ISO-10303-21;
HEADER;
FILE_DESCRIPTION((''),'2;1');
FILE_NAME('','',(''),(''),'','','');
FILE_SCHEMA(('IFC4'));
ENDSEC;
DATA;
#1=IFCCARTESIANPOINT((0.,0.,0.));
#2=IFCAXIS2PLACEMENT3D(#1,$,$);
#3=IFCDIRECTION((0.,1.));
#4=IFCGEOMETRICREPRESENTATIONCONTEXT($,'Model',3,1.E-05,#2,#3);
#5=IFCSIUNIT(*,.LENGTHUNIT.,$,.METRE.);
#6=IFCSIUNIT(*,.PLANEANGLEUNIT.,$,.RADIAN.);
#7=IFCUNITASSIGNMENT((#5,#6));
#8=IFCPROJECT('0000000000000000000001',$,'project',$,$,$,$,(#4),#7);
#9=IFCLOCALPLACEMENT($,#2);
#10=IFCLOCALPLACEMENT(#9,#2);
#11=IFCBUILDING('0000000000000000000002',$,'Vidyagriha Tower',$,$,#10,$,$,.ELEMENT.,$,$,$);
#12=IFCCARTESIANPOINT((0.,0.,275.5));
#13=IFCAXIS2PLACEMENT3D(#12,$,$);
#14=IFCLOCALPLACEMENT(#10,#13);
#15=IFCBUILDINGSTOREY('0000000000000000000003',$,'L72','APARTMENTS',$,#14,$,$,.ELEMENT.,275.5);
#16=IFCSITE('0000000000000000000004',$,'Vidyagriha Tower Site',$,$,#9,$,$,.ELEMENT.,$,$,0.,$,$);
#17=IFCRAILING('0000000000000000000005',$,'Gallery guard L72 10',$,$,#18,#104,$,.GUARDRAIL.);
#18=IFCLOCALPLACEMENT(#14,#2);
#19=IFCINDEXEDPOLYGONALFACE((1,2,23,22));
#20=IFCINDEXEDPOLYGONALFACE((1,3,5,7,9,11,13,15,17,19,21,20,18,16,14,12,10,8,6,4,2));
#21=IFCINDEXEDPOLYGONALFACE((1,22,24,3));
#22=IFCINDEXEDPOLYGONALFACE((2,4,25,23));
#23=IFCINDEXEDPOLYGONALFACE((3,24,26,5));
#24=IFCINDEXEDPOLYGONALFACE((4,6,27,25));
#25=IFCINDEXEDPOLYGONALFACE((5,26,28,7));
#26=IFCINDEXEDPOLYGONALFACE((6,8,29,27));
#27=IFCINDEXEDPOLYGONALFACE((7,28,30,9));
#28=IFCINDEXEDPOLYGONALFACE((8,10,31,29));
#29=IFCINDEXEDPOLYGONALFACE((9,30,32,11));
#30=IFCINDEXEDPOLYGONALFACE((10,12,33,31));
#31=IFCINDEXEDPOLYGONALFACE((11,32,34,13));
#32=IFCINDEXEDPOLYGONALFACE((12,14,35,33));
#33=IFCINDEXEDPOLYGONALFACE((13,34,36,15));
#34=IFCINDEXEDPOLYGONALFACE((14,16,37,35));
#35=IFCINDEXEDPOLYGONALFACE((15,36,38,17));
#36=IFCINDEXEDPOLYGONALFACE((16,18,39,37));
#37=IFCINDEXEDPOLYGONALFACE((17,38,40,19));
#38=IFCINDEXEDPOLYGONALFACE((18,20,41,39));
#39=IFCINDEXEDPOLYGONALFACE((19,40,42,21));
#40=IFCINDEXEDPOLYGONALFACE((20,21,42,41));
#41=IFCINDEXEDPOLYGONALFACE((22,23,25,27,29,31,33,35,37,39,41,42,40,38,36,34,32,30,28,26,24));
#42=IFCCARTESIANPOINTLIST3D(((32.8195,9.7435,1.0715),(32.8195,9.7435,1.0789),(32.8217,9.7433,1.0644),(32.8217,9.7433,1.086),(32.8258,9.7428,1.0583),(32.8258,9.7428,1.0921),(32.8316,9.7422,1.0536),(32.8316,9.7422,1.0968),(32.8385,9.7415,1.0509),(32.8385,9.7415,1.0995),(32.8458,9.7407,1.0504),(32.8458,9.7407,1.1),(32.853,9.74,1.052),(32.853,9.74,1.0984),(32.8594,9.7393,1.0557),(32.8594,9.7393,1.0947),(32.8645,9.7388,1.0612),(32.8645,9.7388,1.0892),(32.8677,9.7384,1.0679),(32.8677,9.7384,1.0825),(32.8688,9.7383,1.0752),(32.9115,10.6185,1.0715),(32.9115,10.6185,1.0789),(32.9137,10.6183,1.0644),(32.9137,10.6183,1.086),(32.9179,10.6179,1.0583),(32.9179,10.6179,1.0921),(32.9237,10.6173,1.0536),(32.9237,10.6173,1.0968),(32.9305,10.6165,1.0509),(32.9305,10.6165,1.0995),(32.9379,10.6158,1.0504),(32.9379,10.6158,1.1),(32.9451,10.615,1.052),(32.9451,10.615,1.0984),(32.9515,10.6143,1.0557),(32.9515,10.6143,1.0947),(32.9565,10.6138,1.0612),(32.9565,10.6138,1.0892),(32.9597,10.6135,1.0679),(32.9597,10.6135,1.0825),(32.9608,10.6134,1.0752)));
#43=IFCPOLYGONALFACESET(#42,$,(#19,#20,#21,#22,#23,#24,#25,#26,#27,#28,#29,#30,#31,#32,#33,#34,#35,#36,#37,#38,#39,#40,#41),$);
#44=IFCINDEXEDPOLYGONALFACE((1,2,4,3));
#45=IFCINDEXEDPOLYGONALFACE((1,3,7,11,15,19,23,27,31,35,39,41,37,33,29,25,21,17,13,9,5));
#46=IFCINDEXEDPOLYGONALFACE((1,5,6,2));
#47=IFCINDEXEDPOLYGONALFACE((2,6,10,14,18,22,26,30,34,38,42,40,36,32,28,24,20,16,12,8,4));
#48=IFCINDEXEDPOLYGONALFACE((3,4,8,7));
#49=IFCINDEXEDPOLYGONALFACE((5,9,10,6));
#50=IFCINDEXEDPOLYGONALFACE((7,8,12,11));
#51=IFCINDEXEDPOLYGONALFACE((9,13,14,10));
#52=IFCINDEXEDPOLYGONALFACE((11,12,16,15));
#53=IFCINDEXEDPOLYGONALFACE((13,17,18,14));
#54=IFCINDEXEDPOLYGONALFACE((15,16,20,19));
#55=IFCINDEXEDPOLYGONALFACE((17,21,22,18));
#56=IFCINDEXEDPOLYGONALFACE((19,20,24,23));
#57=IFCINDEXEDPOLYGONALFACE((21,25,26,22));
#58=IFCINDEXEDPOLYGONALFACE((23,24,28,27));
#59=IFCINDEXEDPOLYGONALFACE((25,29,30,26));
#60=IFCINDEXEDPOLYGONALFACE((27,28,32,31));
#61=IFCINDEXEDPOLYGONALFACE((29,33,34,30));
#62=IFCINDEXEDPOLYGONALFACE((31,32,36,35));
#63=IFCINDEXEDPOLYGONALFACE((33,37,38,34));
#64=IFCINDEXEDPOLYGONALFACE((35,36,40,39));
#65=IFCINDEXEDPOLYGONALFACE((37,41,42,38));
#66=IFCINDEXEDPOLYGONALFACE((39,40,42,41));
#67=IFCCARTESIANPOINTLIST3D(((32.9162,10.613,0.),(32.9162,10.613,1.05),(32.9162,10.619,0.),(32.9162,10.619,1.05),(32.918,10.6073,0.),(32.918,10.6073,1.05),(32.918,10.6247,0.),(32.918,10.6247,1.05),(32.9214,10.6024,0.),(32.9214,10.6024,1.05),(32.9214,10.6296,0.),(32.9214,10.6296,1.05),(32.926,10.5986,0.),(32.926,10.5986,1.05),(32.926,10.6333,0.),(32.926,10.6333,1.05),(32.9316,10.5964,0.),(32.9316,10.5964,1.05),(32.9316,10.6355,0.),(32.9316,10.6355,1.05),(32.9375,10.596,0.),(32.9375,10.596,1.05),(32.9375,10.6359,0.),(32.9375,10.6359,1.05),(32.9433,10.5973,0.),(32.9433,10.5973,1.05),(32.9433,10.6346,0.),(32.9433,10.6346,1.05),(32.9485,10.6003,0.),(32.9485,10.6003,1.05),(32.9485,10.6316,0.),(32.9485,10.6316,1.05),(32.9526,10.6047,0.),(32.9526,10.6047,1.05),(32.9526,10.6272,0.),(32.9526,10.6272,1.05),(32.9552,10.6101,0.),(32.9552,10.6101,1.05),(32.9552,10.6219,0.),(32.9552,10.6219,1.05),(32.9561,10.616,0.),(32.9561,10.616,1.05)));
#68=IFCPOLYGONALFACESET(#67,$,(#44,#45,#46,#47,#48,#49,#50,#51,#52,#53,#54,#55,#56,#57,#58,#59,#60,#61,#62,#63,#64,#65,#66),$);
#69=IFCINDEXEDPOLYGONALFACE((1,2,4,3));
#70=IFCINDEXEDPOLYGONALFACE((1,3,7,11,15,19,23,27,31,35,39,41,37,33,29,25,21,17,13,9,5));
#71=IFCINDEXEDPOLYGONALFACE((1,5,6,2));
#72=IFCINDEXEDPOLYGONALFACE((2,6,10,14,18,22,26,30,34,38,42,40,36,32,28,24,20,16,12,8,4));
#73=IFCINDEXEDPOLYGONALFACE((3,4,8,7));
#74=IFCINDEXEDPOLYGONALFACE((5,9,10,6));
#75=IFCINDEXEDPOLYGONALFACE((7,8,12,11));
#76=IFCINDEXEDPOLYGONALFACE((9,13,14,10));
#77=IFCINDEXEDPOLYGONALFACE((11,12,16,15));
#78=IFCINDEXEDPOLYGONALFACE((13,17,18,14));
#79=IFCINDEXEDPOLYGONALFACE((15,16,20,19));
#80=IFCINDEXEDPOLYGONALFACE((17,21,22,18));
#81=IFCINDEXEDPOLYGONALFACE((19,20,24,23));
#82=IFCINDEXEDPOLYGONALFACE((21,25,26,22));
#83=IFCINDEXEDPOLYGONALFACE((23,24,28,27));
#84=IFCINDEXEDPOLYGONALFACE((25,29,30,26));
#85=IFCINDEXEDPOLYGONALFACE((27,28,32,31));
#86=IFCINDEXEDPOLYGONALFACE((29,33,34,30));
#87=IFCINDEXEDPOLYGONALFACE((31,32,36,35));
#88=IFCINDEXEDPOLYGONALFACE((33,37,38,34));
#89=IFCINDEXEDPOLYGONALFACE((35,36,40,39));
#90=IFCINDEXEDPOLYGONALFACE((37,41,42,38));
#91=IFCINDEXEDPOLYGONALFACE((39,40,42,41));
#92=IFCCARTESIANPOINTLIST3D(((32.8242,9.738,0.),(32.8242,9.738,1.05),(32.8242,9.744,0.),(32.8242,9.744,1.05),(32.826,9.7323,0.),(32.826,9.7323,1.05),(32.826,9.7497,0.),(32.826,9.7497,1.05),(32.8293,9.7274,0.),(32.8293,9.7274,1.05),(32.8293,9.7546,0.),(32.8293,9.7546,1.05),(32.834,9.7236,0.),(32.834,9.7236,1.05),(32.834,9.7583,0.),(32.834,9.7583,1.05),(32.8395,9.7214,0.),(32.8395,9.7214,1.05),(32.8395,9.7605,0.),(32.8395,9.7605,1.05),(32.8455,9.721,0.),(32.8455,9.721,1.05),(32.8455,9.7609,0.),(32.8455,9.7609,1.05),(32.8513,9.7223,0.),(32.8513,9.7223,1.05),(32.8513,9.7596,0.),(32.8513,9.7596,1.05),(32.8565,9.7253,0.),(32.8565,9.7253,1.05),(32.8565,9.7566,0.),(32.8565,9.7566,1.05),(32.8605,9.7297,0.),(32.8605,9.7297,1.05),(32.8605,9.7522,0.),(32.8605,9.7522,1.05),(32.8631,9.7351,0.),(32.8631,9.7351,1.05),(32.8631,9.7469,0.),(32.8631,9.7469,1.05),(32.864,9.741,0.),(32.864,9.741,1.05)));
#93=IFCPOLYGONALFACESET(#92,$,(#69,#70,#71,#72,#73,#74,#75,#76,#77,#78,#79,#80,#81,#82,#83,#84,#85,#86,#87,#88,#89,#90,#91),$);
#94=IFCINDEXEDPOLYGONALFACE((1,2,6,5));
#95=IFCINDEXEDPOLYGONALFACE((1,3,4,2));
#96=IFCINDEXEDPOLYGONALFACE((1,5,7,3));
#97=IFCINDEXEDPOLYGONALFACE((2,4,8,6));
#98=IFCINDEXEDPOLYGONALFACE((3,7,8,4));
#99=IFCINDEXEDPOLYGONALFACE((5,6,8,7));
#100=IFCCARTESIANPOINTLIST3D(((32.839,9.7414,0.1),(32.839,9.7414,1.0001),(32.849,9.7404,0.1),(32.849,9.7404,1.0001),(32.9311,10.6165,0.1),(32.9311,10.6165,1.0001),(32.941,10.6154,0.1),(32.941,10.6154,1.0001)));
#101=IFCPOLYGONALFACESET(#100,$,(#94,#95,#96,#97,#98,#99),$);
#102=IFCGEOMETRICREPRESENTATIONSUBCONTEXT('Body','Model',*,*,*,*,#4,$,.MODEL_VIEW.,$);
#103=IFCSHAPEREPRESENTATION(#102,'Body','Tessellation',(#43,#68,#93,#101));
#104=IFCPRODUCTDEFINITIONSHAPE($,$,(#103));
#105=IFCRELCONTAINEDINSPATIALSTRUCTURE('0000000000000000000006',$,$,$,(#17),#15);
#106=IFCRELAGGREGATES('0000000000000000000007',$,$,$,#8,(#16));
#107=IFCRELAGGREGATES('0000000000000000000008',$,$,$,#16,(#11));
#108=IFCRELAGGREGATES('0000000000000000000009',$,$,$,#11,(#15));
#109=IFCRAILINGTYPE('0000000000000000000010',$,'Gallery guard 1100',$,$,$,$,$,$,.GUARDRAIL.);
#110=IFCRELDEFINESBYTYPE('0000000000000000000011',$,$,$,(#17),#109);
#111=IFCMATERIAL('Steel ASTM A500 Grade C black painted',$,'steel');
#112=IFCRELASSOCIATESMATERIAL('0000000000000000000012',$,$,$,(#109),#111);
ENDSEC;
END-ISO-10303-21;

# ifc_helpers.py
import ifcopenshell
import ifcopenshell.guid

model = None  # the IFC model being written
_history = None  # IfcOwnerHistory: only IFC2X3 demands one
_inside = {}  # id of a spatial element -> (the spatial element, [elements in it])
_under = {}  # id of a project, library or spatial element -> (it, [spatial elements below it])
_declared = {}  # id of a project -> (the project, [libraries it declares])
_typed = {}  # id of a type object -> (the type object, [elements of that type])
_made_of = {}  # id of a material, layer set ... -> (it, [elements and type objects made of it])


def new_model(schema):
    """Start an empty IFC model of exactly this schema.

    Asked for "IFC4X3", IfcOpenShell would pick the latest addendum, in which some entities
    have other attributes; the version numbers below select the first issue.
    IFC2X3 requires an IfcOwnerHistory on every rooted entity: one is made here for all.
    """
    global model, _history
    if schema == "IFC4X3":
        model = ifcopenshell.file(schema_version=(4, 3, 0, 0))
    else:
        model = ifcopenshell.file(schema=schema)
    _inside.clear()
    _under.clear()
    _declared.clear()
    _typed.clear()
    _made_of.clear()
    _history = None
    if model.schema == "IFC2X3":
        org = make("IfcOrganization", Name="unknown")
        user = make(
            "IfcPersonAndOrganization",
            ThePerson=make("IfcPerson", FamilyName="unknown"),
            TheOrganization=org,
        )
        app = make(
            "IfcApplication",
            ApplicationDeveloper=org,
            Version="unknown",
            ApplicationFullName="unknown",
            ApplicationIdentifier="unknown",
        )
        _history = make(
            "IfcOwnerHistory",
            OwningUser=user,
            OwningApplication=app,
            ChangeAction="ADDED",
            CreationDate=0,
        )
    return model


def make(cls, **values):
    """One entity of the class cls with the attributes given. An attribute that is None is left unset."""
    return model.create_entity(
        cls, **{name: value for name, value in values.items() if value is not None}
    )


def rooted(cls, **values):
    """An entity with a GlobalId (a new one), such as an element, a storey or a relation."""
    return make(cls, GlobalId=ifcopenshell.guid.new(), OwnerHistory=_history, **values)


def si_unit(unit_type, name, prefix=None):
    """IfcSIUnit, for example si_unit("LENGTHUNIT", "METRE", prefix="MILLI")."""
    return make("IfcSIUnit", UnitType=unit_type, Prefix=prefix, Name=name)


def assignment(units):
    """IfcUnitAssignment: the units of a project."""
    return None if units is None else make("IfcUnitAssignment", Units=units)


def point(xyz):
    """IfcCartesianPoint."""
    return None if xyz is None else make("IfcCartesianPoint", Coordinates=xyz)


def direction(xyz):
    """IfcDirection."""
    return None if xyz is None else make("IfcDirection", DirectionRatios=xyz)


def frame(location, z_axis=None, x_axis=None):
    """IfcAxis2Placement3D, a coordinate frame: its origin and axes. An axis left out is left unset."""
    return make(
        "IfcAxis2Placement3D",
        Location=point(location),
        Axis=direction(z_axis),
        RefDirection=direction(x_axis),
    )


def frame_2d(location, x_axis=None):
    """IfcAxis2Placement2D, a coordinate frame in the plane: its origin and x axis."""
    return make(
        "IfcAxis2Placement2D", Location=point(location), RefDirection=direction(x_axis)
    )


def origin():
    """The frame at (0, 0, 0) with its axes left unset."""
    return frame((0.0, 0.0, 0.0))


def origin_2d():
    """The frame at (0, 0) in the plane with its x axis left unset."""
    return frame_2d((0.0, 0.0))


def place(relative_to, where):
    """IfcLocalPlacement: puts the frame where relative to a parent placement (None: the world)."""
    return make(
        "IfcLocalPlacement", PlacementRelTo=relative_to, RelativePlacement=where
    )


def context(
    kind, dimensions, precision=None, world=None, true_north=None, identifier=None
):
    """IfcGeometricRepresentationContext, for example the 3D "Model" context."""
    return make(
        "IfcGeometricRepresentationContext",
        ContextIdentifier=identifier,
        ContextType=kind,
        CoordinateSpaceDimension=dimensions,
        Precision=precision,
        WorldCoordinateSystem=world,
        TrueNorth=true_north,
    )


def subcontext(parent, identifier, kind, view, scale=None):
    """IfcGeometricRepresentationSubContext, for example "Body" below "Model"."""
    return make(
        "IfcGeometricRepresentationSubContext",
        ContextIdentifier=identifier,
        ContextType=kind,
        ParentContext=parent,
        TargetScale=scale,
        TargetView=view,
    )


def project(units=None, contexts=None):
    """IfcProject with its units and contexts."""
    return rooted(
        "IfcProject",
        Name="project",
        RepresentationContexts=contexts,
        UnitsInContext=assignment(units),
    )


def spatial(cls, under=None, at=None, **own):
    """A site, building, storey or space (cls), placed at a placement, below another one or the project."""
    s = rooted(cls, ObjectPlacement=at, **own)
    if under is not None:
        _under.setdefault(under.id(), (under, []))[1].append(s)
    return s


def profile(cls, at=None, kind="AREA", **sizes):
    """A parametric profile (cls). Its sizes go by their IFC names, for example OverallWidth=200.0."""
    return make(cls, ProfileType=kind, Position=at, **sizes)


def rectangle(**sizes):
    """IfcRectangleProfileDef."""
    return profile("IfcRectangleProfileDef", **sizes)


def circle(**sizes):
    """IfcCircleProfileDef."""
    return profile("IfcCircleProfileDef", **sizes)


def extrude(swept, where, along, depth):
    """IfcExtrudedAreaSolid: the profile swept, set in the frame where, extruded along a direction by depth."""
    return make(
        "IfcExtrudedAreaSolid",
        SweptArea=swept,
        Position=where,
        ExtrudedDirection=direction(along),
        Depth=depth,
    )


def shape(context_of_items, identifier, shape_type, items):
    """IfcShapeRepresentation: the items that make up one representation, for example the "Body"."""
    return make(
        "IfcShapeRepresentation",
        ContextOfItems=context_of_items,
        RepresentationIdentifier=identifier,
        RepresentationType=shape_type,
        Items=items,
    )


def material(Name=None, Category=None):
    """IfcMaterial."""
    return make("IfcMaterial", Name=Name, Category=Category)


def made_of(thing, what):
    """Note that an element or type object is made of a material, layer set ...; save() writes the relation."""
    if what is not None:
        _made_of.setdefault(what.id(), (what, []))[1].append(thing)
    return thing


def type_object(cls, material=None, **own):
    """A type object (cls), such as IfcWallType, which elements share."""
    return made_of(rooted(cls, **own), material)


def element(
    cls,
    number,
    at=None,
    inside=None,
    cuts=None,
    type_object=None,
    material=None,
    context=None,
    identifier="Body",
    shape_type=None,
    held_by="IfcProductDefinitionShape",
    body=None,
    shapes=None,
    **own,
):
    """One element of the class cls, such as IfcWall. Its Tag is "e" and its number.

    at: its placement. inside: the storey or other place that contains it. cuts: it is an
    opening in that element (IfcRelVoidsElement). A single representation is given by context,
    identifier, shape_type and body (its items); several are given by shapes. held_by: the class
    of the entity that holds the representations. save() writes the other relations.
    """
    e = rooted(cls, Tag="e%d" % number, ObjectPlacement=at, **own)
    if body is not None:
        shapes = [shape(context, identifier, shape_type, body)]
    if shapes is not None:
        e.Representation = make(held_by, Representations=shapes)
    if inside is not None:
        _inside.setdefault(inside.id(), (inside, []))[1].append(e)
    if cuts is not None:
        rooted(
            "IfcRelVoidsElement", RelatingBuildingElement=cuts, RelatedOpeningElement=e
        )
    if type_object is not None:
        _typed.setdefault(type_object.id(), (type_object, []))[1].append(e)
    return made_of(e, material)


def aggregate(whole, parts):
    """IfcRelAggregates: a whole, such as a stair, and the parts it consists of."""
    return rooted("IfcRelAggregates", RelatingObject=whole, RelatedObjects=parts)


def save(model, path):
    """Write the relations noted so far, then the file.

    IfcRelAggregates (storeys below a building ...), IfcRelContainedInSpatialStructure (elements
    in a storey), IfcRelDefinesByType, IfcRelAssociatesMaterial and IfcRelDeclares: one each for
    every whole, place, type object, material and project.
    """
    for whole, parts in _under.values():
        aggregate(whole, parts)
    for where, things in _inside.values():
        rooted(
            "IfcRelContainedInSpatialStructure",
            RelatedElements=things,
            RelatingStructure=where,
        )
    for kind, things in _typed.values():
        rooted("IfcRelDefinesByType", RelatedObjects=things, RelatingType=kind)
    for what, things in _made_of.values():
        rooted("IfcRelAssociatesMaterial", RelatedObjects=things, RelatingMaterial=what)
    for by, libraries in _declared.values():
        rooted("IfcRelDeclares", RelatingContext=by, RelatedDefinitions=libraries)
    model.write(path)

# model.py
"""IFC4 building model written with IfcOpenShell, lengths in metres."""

from ifc_helpers import new_model, si_unit, direction, frame, origin, origin_2d, place, context, subcontext, project, spatial, rectangle, circle, extrude, material, type_object, element, save


model = new_model("IFC4")

# Units and contexts
model_context = context("Model", 3, precision=1e-05, world=origin(), true_north=direction((0.0, 1.0)))
body_context = subcontext(model_context, "Body", "Model", "MODEL_VIEW")
ifc_project = project(units=[si_unit("LENGTHUNIT", "METRE"), si_unit("PLANEANGLEUNIT", "RADIAN")], contexts=[model_context])

# Site, building, storey
site_placement = place(None, origin())
site = spatial("IfcSite", under=ifc_project, at=site_placement, Name="Vidyagriha Tower Site", CompositionType="ELEMENT", RefElevation=0.0)
building_placement = place(site_placement, origin())
building = spatial("IfcBuilding", under=site, at=building_placement, Name="Vidyagriha Tower", CompositionType="ELEMENT")
storey_placement = place(building_placement, frame((0.0, 0.0, 275.5)))
storey = spatial("IfcBuildingStorey", under=building, at=storey_placement, Name="L72", Description="APARTMENTS", CompositionType="ELEMENT", Elevation=275.5)

# Railing
ifc_material_1 = material(Name="Steel ASTM A500 Grade C black painted", Category="steel")
railing_type_1 = type_object("IfcRailingType", Name="Gallery guard 1100", PredefinedType="GUARDRAIL", material=ifc_material_1)
railing_1_placement = place(storey_placement, frame((32.936, 10.616, 0.0)))
element("IfcRailing", 1, at=railing_1_placement, inside=storey, type_object=railing_type_1, Name="Gallery guard L72 10", PredefinedType="GUARDRAIL", context=body_context, shape_type="SweptSolid", body=[
    extrude(circle(Radius=0.0249, at=origin_2d()), frame((0.0, 0.0, 1.0752), z_axis=(-0.104613, -0.994513, 0.0), x_axis=(0.994513, -0.104613, 0.0)), (0.0, 0.0, 1.0), 0.8799),
    extrude(circle(Radius=0.02, at=origin_2d()), origin(), (0.0, 0.0, 1.0), 1.05),
    extrude(circle(Radius=0.02, at=origin_2d()), frame((-0.092, -0.875, 0.0)), (0.0, 0.0, 1.0), 1.05),
    extrude(rectangle(XDim=0.01, YDim=0.9001, at=origin_2d()), frame((0.0, 0.0, 0.55), z_axis=(-0.104613, -0.994513, 0.0), x_axis=(0.994513, -0.104613, 0.0)), (0.0, 0.0, 1.0), 0.8799),
])

save(model, "model.ifc")
